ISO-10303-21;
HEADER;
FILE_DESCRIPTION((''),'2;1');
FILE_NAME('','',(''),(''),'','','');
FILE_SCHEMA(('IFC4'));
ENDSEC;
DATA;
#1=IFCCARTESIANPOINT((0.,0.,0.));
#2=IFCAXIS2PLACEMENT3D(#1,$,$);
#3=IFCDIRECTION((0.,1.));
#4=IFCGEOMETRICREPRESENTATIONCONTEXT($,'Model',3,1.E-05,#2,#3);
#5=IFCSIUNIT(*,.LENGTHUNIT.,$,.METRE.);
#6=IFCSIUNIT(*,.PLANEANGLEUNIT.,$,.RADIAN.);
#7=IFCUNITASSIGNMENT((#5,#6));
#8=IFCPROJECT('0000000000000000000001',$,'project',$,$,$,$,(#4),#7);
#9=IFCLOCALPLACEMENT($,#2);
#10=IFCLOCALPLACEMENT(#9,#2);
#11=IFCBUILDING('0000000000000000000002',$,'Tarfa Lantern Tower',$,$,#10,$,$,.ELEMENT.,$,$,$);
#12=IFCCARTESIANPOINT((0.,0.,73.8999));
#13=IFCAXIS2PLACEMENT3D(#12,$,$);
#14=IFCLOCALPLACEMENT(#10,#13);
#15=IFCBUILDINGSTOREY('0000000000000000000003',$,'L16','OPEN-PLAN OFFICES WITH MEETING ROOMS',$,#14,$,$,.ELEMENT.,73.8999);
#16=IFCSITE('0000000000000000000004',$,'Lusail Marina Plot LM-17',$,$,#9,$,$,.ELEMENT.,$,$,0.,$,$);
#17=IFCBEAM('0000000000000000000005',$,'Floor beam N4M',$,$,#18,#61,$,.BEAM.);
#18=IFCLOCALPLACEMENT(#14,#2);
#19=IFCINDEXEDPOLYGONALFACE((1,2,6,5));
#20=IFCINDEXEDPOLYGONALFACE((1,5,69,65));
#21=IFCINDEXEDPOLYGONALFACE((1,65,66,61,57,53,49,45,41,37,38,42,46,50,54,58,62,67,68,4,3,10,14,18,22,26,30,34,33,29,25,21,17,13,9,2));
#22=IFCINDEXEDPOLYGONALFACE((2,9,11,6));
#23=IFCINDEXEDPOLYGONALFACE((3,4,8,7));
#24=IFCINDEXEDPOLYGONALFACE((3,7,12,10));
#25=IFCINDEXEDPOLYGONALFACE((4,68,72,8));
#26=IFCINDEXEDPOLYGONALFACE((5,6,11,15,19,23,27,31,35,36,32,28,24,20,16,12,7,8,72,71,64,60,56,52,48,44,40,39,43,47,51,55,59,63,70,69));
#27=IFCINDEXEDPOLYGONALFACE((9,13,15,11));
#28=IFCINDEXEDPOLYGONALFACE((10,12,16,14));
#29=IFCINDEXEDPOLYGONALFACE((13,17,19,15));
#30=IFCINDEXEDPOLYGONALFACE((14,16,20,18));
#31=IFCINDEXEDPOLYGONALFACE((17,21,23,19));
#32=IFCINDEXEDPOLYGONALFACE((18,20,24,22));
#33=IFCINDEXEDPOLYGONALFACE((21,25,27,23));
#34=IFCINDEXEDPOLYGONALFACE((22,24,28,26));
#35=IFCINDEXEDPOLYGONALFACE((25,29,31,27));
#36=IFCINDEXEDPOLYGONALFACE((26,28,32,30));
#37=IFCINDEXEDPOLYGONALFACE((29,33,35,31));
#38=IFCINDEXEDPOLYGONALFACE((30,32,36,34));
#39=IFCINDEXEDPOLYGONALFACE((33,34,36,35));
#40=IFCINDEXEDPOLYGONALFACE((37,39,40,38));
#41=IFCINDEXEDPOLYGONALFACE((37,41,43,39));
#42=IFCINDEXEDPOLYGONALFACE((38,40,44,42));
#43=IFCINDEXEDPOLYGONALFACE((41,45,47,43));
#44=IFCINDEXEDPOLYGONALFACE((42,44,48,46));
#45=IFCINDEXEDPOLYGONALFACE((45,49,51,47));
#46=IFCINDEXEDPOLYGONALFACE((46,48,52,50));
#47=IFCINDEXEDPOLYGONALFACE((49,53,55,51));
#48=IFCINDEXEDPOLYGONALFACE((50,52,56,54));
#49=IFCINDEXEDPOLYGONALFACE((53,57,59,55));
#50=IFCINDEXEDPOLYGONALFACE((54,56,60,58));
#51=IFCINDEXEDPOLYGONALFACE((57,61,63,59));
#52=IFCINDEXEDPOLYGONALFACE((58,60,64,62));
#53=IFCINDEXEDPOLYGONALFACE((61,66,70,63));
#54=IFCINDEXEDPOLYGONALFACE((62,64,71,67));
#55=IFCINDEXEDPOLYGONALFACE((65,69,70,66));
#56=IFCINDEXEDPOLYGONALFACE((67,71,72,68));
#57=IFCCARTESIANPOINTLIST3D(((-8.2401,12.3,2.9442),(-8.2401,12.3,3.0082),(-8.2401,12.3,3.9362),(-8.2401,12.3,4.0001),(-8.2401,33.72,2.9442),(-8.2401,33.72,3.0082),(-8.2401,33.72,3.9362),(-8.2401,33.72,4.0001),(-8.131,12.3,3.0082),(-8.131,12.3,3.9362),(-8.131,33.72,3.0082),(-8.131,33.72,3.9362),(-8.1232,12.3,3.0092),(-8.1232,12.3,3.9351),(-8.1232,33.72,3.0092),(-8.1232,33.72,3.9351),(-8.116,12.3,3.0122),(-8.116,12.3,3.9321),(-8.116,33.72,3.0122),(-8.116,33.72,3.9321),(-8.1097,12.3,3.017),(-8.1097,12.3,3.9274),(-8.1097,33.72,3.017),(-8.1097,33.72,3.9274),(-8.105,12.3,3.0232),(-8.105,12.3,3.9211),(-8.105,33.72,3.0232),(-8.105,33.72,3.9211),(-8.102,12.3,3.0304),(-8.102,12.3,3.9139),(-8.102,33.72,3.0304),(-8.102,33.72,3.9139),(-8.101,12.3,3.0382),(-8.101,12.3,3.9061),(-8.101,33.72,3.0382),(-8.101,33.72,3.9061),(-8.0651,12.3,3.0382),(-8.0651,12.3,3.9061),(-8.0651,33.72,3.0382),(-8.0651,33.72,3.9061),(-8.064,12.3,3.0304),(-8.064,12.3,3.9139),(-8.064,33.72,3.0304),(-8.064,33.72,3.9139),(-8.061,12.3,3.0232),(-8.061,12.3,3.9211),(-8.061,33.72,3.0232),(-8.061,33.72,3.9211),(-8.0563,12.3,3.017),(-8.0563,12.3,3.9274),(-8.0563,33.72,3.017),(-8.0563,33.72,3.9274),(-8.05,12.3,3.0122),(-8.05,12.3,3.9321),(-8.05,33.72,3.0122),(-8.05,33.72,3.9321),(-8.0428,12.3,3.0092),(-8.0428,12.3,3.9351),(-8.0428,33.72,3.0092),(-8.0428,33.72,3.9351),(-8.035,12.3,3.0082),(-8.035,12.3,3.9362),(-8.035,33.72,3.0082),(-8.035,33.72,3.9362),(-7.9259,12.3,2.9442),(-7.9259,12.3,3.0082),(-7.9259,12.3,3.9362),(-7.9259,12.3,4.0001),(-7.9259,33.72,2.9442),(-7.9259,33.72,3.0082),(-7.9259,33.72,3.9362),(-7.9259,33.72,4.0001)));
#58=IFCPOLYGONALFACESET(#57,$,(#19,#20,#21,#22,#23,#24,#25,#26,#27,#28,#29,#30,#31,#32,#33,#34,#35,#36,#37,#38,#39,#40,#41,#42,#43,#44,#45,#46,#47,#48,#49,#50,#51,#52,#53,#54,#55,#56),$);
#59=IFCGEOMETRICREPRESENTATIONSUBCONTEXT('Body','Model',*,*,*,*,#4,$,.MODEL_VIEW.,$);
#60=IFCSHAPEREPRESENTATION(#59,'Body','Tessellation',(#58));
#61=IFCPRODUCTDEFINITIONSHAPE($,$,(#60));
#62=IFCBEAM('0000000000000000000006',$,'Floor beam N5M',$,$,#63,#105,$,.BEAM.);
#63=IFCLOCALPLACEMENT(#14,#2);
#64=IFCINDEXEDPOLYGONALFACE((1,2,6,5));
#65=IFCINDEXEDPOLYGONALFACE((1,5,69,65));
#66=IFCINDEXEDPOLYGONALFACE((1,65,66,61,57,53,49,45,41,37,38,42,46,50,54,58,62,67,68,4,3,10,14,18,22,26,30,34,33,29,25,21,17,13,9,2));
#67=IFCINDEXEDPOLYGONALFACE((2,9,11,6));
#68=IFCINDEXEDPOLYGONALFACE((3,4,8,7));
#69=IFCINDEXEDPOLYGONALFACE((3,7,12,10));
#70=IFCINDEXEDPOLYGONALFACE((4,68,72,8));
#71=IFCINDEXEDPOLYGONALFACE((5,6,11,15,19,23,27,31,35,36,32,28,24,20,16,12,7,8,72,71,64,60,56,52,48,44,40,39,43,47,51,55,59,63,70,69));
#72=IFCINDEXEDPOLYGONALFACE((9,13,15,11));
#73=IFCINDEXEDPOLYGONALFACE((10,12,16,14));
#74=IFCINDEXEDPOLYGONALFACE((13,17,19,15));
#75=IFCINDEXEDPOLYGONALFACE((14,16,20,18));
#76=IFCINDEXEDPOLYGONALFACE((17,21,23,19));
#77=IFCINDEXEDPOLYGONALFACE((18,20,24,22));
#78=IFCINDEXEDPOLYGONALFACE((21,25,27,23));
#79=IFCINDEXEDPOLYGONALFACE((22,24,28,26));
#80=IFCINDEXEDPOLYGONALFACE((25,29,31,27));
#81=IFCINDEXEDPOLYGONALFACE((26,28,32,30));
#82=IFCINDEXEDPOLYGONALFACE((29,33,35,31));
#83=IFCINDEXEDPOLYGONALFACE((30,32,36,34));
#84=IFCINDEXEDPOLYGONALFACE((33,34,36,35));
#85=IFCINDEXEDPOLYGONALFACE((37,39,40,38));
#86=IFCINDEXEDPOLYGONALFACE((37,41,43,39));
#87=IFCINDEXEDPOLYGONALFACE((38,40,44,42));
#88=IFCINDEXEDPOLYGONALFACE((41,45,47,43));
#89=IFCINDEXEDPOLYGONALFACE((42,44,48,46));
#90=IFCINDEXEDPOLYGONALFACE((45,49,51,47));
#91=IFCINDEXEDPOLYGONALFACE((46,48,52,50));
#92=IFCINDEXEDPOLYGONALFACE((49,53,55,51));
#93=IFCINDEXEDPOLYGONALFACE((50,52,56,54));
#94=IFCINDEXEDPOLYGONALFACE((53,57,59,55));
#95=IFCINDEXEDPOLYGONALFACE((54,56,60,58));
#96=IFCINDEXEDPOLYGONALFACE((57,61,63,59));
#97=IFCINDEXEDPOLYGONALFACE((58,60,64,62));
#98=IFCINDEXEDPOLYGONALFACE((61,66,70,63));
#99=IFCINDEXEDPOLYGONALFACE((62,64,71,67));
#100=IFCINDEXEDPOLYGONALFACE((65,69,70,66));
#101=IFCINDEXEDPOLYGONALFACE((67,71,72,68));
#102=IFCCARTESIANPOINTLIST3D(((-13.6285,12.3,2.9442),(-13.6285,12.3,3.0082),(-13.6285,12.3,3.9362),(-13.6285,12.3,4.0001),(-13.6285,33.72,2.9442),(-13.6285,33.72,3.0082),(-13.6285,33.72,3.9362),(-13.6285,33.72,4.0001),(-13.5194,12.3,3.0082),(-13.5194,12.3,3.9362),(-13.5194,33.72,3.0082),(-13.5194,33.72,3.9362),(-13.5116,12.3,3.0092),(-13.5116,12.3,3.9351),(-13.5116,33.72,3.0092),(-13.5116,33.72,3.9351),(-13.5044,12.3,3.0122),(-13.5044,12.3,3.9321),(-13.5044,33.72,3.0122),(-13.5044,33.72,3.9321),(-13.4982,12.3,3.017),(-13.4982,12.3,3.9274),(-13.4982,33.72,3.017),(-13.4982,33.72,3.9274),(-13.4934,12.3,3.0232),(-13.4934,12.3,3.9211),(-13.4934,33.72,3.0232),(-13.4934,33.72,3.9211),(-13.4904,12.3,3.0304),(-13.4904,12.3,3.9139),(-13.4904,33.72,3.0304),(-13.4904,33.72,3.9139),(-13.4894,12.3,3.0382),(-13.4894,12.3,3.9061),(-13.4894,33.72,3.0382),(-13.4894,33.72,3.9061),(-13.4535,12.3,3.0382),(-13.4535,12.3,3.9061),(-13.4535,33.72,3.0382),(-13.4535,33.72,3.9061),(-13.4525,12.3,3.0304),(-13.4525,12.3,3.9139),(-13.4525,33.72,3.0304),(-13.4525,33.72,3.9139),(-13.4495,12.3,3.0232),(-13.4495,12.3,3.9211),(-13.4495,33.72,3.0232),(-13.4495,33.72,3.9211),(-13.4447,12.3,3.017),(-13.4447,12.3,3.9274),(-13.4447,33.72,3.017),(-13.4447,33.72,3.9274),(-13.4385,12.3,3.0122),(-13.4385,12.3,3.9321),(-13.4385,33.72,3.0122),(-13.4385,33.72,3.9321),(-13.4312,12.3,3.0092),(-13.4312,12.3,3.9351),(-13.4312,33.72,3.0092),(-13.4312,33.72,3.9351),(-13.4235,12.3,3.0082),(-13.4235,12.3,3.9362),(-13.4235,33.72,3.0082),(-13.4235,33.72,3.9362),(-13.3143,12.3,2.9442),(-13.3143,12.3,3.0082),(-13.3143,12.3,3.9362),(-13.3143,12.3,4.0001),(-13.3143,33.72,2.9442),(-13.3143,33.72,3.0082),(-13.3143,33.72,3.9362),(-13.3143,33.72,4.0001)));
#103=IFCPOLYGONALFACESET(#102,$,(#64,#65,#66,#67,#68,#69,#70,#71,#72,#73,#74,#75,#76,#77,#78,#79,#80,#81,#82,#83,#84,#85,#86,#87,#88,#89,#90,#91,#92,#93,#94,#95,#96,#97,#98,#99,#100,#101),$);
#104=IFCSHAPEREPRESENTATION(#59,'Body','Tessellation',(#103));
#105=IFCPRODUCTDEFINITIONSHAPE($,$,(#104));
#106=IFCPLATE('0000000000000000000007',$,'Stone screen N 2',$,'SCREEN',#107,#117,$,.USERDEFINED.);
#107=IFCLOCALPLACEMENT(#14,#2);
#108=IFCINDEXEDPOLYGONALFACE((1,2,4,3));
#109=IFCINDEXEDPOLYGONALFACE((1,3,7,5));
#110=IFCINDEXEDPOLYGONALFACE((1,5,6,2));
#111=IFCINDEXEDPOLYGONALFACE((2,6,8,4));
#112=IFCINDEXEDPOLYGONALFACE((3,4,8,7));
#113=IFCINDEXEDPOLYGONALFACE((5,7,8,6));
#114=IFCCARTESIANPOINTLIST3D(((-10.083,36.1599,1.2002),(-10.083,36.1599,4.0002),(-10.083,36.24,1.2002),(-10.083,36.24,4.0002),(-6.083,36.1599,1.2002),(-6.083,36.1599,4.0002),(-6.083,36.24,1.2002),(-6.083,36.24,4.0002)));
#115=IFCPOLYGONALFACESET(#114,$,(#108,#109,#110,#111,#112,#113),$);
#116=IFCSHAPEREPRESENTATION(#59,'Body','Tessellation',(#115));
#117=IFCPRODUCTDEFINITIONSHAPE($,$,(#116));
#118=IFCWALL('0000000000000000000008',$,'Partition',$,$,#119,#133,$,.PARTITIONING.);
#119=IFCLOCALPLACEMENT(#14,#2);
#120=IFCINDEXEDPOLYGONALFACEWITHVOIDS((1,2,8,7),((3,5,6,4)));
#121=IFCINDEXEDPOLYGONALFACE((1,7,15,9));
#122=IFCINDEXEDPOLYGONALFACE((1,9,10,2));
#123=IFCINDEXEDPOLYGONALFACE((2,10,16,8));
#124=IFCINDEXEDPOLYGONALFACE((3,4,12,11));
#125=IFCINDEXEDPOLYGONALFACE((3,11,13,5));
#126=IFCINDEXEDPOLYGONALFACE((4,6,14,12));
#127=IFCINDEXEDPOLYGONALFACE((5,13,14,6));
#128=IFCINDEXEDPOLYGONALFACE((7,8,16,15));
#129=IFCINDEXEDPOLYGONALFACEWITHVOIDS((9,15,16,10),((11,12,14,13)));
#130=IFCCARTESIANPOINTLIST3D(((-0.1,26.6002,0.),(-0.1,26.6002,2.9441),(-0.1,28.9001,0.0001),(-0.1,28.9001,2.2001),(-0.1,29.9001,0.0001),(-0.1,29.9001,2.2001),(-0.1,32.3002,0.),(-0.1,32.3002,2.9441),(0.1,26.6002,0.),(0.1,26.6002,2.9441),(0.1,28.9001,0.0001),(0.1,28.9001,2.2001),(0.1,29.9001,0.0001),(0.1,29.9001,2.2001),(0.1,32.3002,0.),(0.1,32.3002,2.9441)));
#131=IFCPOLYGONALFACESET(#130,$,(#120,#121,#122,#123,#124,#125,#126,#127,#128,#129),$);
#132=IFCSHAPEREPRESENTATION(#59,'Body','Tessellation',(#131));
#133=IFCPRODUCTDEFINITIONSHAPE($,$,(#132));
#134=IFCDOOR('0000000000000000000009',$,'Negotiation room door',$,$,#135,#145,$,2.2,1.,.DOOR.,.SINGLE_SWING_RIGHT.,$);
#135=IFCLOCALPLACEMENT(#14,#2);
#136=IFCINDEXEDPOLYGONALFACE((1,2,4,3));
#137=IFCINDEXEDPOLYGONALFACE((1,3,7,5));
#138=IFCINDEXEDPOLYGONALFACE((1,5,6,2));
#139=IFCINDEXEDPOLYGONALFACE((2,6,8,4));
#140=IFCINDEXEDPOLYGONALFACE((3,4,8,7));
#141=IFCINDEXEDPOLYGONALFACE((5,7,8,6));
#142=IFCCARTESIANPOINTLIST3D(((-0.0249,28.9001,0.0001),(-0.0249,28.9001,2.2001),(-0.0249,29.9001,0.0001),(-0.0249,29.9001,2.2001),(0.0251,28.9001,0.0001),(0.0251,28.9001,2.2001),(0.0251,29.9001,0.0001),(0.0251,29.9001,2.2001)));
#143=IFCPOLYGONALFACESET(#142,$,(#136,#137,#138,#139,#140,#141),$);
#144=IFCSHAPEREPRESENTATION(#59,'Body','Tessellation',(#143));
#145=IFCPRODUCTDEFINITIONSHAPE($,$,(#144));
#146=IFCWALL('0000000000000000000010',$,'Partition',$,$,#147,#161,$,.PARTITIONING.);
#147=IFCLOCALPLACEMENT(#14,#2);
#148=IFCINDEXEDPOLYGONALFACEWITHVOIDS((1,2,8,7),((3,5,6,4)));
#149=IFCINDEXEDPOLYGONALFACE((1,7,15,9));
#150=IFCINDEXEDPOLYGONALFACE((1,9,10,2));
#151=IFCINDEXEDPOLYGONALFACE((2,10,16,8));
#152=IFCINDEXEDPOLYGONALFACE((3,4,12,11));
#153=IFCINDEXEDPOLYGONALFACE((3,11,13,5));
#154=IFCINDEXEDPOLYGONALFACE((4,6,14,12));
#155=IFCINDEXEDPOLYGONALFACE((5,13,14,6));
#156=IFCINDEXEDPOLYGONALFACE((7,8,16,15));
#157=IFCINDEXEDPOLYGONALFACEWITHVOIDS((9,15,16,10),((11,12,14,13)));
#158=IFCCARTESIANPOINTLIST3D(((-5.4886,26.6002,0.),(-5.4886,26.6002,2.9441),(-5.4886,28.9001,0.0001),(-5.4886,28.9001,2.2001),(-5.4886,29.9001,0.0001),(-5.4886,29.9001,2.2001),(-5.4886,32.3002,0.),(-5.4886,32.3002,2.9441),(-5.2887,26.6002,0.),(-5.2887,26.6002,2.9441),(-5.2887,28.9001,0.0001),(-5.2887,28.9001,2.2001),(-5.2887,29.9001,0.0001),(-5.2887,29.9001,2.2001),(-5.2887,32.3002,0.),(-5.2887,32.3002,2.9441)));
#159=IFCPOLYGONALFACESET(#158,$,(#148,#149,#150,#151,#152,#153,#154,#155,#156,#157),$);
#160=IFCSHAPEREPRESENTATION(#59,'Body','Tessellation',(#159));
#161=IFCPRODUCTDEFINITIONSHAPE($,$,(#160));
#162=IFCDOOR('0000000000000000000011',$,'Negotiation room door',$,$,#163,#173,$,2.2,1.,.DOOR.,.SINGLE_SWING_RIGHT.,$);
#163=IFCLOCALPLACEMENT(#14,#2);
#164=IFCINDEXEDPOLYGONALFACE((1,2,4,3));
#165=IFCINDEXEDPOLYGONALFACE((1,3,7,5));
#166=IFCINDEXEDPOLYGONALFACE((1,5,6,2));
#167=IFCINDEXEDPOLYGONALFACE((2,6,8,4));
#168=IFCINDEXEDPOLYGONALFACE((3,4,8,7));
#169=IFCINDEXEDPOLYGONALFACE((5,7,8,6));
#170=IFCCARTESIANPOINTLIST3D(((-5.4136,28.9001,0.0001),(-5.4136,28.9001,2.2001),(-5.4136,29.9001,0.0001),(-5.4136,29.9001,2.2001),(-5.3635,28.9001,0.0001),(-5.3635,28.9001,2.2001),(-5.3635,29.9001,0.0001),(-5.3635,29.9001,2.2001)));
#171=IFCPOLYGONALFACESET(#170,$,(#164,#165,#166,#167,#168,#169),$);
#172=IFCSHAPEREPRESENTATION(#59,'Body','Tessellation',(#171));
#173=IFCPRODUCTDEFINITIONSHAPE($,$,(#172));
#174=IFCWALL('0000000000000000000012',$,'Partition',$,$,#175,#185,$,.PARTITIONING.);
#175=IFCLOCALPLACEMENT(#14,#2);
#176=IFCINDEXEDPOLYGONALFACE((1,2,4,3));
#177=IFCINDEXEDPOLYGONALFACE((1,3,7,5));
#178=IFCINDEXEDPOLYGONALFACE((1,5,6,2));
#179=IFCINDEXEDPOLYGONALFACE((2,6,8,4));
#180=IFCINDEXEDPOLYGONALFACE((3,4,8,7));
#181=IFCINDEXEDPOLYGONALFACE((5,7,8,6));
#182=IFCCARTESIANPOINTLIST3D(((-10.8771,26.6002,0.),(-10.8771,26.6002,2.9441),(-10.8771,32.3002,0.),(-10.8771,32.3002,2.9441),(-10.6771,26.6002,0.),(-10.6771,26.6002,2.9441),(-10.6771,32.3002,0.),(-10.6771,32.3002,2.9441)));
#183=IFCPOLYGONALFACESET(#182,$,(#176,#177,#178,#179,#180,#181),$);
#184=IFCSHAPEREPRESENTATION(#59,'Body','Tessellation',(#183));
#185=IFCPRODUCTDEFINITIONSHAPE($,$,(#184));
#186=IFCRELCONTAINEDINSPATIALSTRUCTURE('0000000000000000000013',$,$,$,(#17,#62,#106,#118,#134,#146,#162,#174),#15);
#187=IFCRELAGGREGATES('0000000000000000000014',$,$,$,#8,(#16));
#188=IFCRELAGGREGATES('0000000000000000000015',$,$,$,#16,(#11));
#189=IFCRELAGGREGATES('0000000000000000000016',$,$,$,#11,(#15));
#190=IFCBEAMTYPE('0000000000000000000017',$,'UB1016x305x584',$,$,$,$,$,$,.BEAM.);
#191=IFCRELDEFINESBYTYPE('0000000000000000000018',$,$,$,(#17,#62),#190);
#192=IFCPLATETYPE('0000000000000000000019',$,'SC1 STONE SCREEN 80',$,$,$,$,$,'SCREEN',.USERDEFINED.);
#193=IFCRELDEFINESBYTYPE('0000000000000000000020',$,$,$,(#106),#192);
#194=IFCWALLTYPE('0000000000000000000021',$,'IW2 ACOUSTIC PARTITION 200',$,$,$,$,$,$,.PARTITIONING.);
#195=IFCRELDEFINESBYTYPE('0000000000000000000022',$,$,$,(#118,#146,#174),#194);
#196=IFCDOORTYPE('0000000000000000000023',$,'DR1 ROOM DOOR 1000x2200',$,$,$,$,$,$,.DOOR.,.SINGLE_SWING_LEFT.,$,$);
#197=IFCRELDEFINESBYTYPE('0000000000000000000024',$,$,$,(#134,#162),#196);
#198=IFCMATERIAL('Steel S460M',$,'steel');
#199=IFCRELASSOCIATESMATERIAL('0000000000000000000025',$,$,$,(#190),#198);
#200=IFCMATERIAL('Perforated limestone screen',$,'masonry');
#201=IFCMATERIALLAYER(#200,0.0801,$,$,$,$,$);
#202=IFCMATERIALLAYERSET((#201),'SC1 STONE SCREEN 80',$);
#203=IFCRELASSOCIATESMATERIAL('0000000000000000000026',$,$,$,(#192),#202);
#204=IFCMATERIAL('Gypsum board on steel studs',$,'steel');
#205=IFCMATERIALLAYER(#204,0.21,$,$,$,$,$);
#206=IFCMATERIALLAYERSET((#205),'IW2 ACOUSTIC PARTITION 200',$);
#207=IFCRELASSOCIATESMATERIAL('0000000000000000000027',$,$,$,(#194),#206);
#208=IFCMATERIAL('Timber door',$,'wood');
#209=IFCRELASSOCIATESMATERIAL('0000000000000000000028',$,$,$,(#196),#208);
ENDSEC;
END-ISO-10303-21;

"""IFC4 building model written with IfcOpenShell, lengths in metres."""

from ifc_helpers import new_model, si_unit, direction, frame, frame_2d, origin, origin_2d, place, context, subcontext, project, spatial, rectangle, i_section, extrude, material, layer, layer_set, material_profile, profile_set, type_object, element, fill, save


model = new_model("IFC4")

# Units and contexts
model_context = context("Model", 3, precision=1e-05, world=origin(), true_north=direction((0.0, 1.0)))
body_context = subcontext(model_context, "Body", "Model", "MODEL_VIEW")
ifc_project = project(units=[si_unit("LENGTHUNIT", "METRE"), si_unit("PLANEANGLEUNIT", "RADIAN")], contexts=[model_context])

# Site, building, storey
site_placement = place(None, origin())
site = spatial("IfcSite", under=ifc_project, at=site_placement, Name="Lusail Marina Plot LM-17", CompositionType="ELEMENT", RefElevation=0.0)
building_placement = place(site_placement, origin())
building = spatial("IfcBuilding", under=site, at=building_placement, Name="Tarfa Lantern Tower", CompositionType="ELEMENT")
storey_placement = place(building_placement, frame((0.0, 0.0, 73.8999)))
storey = spatial("IfcBuildingStorey", under=building, at=storey_placement, Name="L16", Description="OPEN-PLAN OFFICES WITH MEETING ROOMS", CompositionType="ELEMENT", Elevation=73.8999)

# Beams
ifc_material_1 = material(Name="Steel S460M", Category="steel")
ifc_material_profile_1 = material_profile(ifc_material_1, i_section(OverallWidth=0.3142, OverallDepth=1.0559, WebThickness=0.0359, FlangeThickness=0.064, FilletRadius=0.03, at=origin_2d()), Name="UB1016x305x584")
ifc_profile_set_1 = profile_set([ifc_material_profile_1], Name="Steel S460M")
beam_type_1 = type_object("IfcBeamType", Name="UB1016x305x584", PredefinedType="BEAM", material=ifc_profile_set_1)
for number, where, z_axis, x_axis, name in (
    (1, (-8.083, 33.72, 3.4722), (0.0, -1.0, 0.0), (1.0, 0.0, 0.0), "Floor beam N4M"),
    (2, (-13.4714, 33.72, 3.4722), (0.0, -1.0, 0.0), (1.0, 0.0, 0.0), "Floor beam N5M"),
):
    element("IfcBeam", number, at=place(storey_placement, frame(where, z_axis=z_axis, x_axis=x_axis)), inside=storey, type_object=beam_type_1, Name=name, PredefinedType="BEAM", context=body_context, shape_type="SweptSolid", body=[
        extrude(i_section(OverallWidth=0.3142, OverallDepth=1.0559, WebThickness=0.0359, FlangeThickness=0.064, FilletRadius=0.03, at=origin_2d()), origin(), (0.0, 0.0, 1.0), 21.4199),
    ])

# Plate
ifc_material_2 = material(Name="Perforated limestone screen", Category="masonry")
ifc_layer_1 = layer(ifc_material_2, 0.0801)
ifc_layer_set_1 = layer_set([ifc_layer_1], Name="SC1 STONE SCREEN 80")
plate_type = type_object("IfcPlateType", Name="SC1 STONE SCREEN 80", ElementType="SCREEN", PredefinedType="USERDEFINED", material=ifc_layer_set_1)
plate_placement = place(storey_placement, frame((-8.083, 36.2, 1.2002), z_axis=(0.0, 0.0, 1.0), x_axis=(-1.0, 0.0, 0.0)))
element("IfcPlate", 3, at=plate_placement, inside=storey, type_object=plate_type, Name="Stone screen N 2", ObjectType="SCREEN", PredefinedType="USERDEFINED", context=body_context, shape_type="SweptSolid", body=[
    extrude(rectangle(XDim=4.0, YDim=0.0801, at=origin_2d()), origin(), (0.0, 0.0, 1.0), 2.8),
])

# Walls, openings, doors
ifc_material_3 = material(Name="Gypsum board on steel studs", Category="steel")
ifc_layer_2 = layer(ifc_material_3, 0.21)
ifc_layer_set_2 = layer_set([ifc_layer_2], Name="IW2 ACOUSTIC PARTITION 200")
wall_type = type_object("IfcWallType", Name="IW2 ACOUSTIC PARTITION 200", PredefinedType="PARTITIONING", material=ifc_layer_set_2)
wall_1_placement = place(storey_placement, frame((0.0, 26.6001, 0.0), z_axis=(0.0, 0.0, 1.0), x_axis=(0.0, 1.0, 0.0)))
wall_1 = element("IfcWall", 4, at=wall_1_placement, inside=storey, type_object=wall_type, Name="Partition", PredefinedType="PARTITIONING", context=body_context, shape_type="SweptSolid", body=[
    extrude(rectangle(XDim=5.7, YDim=0.2, at=frame_2d((2.8501, 0.0))), origin(), (0.0, 0.0, 1.0), 2.9441),
])
opening_1_placement = place(wall_1_placement, frame((2.3, 0.0, 0.0)))
opening_1 = element("IfcOpeningElement", 5, at=opening_1_placement, cuts=wall_1, PredefinedType="OPENING", context=body_context, shape_type="SweptSolid", body=[
    extrude(rectangle(XDim=1.0, YDim=2.2, at=frame_2d((0.5, 1.1001))), frame((0.0, 0.1099, 0.0), z_axis=(0.0, -1.0, 0.0), x_axis=(1.0, 0.0, 0.0)), (0.0, 0.0, 1.0), 0.22),
])
ifc_material_4 = material(Name="Timber door", Category="wood")
door_type_1 = type_object("IfcDoorType", Name="DR1 ROOM DOOR 1000x2200", OperationType="SINGLE_SWING_LEFT", PredefinedType="DOOR", material=ifc_material_4)
door_1_placement = place(opening_1_placement, origin())
door_1 = element("IfcDoor", 6, at=door_1_placement, inside=storey, type_object=door_type_1, Name="Negotiation room door", OperationType="SINGLE_SWING_RIGHT", OverallHeight=2.2, OverallWidth=1.0, PredefinedType="DOOR", context=body_context, shape_type="SweptSolid", body=[
    extrude(rectangle(XDim=1.0, YDim=2.2, at=frame_2d((0.5, 1.1001))), frame((0.0, 0.0249, 0.0), z_axis=(0.0, -1.0, 0.0), x_axis=(1.0, 0.0, 0.0)), (0.0, 0.0, 1.0), 0.05),
])
fill(opening_1, door_1)
wall_2_placement = place(storey_placement, frame((-5.3887, 26.6001, 0.0), z_axis=(0.0, 0.0, 1.0), x_axis=(0.0, 1.0, 0.0)))
wall_2 = element("IfcWall", 7, at=wall_2_placement, inside=storey, type_object=wall_type, Name="Partition", PredefinedType="PARTITIONING", context=body_context, shape_type="SweptSolid", body=[
    extrude(rectangle(XDim=5.7, YDim=0.2, at=frame_2d((2.8501, 0.0))), origin(), (0.0, 0.0, 1.0), 2.9441),
])
opening_2_placement = place(wall_2_placement, frame((2.3, 0.0, 0.0)))
opening_2 = element("IfcOpeningElement", 8, at=opening_2_placement, cuts=wall_2, PredefinedType="OPENING", context=body_context, shape_type="SweptSolid", body=[
    extrude(rectangle(XDim=1.0, YDim=2.2, at=frame_2d((0.5, 1.1001))), frame((0.0, 0.1099, 0.0), z_axis=(0.0, -1.0, 0.0), x_axis=(1.0, 0.0, 0.0)), (0.0, 0.0, 1.0), 0.22),
])
door_2_placement = place(opening_2_placement, origin())
door_2 = element("IfcDoor", 9, at=door_2_placement, inside=storey, type_object=door_type_1, Name="Negotiation room door", OperationType="SINGLE_SWING_RIGHT", OverallHeight=2.2, OverallWidth=1.0, PredefinedType="DOOR", context=body_context, shape_type="SweptSolid", body=[
    extrude(rectangle(XDim=1.0, YDim=2.2, at=frame_2d((0.5, 1.1001))), frame((0.0, 0.0249, 0.0), z_axis=(0.0, -1.0, 0.0), x_axis=(1.0, 0.0, 0.0)), (0.0, 0.0, 1.0), 0.05),
])
fill(opening_2, door_2)

# Wall
wall_3_placement = place(storey_placement, frame((-10.7771, 26.6001, 0.0), z_axis=(0.0, 0.0, 1.0), x_axis=(0.0, 1.0, 0.0)))
element("IfcWall", 10, at=wall_3_placement, inside=storey, type_object=wall_type, Name="Partition", PredefinedType="PARTITIONING", context=body_context, shape_type="SweptSolid", body=[
    extrude(rectangle(XDim=5.7, YDim=0.2, at=frame_2d((2.8501, 0.0))), origin(), (0.0, 0.0, 1.0), 2.9441),
])

save(model, "model.ifc")
